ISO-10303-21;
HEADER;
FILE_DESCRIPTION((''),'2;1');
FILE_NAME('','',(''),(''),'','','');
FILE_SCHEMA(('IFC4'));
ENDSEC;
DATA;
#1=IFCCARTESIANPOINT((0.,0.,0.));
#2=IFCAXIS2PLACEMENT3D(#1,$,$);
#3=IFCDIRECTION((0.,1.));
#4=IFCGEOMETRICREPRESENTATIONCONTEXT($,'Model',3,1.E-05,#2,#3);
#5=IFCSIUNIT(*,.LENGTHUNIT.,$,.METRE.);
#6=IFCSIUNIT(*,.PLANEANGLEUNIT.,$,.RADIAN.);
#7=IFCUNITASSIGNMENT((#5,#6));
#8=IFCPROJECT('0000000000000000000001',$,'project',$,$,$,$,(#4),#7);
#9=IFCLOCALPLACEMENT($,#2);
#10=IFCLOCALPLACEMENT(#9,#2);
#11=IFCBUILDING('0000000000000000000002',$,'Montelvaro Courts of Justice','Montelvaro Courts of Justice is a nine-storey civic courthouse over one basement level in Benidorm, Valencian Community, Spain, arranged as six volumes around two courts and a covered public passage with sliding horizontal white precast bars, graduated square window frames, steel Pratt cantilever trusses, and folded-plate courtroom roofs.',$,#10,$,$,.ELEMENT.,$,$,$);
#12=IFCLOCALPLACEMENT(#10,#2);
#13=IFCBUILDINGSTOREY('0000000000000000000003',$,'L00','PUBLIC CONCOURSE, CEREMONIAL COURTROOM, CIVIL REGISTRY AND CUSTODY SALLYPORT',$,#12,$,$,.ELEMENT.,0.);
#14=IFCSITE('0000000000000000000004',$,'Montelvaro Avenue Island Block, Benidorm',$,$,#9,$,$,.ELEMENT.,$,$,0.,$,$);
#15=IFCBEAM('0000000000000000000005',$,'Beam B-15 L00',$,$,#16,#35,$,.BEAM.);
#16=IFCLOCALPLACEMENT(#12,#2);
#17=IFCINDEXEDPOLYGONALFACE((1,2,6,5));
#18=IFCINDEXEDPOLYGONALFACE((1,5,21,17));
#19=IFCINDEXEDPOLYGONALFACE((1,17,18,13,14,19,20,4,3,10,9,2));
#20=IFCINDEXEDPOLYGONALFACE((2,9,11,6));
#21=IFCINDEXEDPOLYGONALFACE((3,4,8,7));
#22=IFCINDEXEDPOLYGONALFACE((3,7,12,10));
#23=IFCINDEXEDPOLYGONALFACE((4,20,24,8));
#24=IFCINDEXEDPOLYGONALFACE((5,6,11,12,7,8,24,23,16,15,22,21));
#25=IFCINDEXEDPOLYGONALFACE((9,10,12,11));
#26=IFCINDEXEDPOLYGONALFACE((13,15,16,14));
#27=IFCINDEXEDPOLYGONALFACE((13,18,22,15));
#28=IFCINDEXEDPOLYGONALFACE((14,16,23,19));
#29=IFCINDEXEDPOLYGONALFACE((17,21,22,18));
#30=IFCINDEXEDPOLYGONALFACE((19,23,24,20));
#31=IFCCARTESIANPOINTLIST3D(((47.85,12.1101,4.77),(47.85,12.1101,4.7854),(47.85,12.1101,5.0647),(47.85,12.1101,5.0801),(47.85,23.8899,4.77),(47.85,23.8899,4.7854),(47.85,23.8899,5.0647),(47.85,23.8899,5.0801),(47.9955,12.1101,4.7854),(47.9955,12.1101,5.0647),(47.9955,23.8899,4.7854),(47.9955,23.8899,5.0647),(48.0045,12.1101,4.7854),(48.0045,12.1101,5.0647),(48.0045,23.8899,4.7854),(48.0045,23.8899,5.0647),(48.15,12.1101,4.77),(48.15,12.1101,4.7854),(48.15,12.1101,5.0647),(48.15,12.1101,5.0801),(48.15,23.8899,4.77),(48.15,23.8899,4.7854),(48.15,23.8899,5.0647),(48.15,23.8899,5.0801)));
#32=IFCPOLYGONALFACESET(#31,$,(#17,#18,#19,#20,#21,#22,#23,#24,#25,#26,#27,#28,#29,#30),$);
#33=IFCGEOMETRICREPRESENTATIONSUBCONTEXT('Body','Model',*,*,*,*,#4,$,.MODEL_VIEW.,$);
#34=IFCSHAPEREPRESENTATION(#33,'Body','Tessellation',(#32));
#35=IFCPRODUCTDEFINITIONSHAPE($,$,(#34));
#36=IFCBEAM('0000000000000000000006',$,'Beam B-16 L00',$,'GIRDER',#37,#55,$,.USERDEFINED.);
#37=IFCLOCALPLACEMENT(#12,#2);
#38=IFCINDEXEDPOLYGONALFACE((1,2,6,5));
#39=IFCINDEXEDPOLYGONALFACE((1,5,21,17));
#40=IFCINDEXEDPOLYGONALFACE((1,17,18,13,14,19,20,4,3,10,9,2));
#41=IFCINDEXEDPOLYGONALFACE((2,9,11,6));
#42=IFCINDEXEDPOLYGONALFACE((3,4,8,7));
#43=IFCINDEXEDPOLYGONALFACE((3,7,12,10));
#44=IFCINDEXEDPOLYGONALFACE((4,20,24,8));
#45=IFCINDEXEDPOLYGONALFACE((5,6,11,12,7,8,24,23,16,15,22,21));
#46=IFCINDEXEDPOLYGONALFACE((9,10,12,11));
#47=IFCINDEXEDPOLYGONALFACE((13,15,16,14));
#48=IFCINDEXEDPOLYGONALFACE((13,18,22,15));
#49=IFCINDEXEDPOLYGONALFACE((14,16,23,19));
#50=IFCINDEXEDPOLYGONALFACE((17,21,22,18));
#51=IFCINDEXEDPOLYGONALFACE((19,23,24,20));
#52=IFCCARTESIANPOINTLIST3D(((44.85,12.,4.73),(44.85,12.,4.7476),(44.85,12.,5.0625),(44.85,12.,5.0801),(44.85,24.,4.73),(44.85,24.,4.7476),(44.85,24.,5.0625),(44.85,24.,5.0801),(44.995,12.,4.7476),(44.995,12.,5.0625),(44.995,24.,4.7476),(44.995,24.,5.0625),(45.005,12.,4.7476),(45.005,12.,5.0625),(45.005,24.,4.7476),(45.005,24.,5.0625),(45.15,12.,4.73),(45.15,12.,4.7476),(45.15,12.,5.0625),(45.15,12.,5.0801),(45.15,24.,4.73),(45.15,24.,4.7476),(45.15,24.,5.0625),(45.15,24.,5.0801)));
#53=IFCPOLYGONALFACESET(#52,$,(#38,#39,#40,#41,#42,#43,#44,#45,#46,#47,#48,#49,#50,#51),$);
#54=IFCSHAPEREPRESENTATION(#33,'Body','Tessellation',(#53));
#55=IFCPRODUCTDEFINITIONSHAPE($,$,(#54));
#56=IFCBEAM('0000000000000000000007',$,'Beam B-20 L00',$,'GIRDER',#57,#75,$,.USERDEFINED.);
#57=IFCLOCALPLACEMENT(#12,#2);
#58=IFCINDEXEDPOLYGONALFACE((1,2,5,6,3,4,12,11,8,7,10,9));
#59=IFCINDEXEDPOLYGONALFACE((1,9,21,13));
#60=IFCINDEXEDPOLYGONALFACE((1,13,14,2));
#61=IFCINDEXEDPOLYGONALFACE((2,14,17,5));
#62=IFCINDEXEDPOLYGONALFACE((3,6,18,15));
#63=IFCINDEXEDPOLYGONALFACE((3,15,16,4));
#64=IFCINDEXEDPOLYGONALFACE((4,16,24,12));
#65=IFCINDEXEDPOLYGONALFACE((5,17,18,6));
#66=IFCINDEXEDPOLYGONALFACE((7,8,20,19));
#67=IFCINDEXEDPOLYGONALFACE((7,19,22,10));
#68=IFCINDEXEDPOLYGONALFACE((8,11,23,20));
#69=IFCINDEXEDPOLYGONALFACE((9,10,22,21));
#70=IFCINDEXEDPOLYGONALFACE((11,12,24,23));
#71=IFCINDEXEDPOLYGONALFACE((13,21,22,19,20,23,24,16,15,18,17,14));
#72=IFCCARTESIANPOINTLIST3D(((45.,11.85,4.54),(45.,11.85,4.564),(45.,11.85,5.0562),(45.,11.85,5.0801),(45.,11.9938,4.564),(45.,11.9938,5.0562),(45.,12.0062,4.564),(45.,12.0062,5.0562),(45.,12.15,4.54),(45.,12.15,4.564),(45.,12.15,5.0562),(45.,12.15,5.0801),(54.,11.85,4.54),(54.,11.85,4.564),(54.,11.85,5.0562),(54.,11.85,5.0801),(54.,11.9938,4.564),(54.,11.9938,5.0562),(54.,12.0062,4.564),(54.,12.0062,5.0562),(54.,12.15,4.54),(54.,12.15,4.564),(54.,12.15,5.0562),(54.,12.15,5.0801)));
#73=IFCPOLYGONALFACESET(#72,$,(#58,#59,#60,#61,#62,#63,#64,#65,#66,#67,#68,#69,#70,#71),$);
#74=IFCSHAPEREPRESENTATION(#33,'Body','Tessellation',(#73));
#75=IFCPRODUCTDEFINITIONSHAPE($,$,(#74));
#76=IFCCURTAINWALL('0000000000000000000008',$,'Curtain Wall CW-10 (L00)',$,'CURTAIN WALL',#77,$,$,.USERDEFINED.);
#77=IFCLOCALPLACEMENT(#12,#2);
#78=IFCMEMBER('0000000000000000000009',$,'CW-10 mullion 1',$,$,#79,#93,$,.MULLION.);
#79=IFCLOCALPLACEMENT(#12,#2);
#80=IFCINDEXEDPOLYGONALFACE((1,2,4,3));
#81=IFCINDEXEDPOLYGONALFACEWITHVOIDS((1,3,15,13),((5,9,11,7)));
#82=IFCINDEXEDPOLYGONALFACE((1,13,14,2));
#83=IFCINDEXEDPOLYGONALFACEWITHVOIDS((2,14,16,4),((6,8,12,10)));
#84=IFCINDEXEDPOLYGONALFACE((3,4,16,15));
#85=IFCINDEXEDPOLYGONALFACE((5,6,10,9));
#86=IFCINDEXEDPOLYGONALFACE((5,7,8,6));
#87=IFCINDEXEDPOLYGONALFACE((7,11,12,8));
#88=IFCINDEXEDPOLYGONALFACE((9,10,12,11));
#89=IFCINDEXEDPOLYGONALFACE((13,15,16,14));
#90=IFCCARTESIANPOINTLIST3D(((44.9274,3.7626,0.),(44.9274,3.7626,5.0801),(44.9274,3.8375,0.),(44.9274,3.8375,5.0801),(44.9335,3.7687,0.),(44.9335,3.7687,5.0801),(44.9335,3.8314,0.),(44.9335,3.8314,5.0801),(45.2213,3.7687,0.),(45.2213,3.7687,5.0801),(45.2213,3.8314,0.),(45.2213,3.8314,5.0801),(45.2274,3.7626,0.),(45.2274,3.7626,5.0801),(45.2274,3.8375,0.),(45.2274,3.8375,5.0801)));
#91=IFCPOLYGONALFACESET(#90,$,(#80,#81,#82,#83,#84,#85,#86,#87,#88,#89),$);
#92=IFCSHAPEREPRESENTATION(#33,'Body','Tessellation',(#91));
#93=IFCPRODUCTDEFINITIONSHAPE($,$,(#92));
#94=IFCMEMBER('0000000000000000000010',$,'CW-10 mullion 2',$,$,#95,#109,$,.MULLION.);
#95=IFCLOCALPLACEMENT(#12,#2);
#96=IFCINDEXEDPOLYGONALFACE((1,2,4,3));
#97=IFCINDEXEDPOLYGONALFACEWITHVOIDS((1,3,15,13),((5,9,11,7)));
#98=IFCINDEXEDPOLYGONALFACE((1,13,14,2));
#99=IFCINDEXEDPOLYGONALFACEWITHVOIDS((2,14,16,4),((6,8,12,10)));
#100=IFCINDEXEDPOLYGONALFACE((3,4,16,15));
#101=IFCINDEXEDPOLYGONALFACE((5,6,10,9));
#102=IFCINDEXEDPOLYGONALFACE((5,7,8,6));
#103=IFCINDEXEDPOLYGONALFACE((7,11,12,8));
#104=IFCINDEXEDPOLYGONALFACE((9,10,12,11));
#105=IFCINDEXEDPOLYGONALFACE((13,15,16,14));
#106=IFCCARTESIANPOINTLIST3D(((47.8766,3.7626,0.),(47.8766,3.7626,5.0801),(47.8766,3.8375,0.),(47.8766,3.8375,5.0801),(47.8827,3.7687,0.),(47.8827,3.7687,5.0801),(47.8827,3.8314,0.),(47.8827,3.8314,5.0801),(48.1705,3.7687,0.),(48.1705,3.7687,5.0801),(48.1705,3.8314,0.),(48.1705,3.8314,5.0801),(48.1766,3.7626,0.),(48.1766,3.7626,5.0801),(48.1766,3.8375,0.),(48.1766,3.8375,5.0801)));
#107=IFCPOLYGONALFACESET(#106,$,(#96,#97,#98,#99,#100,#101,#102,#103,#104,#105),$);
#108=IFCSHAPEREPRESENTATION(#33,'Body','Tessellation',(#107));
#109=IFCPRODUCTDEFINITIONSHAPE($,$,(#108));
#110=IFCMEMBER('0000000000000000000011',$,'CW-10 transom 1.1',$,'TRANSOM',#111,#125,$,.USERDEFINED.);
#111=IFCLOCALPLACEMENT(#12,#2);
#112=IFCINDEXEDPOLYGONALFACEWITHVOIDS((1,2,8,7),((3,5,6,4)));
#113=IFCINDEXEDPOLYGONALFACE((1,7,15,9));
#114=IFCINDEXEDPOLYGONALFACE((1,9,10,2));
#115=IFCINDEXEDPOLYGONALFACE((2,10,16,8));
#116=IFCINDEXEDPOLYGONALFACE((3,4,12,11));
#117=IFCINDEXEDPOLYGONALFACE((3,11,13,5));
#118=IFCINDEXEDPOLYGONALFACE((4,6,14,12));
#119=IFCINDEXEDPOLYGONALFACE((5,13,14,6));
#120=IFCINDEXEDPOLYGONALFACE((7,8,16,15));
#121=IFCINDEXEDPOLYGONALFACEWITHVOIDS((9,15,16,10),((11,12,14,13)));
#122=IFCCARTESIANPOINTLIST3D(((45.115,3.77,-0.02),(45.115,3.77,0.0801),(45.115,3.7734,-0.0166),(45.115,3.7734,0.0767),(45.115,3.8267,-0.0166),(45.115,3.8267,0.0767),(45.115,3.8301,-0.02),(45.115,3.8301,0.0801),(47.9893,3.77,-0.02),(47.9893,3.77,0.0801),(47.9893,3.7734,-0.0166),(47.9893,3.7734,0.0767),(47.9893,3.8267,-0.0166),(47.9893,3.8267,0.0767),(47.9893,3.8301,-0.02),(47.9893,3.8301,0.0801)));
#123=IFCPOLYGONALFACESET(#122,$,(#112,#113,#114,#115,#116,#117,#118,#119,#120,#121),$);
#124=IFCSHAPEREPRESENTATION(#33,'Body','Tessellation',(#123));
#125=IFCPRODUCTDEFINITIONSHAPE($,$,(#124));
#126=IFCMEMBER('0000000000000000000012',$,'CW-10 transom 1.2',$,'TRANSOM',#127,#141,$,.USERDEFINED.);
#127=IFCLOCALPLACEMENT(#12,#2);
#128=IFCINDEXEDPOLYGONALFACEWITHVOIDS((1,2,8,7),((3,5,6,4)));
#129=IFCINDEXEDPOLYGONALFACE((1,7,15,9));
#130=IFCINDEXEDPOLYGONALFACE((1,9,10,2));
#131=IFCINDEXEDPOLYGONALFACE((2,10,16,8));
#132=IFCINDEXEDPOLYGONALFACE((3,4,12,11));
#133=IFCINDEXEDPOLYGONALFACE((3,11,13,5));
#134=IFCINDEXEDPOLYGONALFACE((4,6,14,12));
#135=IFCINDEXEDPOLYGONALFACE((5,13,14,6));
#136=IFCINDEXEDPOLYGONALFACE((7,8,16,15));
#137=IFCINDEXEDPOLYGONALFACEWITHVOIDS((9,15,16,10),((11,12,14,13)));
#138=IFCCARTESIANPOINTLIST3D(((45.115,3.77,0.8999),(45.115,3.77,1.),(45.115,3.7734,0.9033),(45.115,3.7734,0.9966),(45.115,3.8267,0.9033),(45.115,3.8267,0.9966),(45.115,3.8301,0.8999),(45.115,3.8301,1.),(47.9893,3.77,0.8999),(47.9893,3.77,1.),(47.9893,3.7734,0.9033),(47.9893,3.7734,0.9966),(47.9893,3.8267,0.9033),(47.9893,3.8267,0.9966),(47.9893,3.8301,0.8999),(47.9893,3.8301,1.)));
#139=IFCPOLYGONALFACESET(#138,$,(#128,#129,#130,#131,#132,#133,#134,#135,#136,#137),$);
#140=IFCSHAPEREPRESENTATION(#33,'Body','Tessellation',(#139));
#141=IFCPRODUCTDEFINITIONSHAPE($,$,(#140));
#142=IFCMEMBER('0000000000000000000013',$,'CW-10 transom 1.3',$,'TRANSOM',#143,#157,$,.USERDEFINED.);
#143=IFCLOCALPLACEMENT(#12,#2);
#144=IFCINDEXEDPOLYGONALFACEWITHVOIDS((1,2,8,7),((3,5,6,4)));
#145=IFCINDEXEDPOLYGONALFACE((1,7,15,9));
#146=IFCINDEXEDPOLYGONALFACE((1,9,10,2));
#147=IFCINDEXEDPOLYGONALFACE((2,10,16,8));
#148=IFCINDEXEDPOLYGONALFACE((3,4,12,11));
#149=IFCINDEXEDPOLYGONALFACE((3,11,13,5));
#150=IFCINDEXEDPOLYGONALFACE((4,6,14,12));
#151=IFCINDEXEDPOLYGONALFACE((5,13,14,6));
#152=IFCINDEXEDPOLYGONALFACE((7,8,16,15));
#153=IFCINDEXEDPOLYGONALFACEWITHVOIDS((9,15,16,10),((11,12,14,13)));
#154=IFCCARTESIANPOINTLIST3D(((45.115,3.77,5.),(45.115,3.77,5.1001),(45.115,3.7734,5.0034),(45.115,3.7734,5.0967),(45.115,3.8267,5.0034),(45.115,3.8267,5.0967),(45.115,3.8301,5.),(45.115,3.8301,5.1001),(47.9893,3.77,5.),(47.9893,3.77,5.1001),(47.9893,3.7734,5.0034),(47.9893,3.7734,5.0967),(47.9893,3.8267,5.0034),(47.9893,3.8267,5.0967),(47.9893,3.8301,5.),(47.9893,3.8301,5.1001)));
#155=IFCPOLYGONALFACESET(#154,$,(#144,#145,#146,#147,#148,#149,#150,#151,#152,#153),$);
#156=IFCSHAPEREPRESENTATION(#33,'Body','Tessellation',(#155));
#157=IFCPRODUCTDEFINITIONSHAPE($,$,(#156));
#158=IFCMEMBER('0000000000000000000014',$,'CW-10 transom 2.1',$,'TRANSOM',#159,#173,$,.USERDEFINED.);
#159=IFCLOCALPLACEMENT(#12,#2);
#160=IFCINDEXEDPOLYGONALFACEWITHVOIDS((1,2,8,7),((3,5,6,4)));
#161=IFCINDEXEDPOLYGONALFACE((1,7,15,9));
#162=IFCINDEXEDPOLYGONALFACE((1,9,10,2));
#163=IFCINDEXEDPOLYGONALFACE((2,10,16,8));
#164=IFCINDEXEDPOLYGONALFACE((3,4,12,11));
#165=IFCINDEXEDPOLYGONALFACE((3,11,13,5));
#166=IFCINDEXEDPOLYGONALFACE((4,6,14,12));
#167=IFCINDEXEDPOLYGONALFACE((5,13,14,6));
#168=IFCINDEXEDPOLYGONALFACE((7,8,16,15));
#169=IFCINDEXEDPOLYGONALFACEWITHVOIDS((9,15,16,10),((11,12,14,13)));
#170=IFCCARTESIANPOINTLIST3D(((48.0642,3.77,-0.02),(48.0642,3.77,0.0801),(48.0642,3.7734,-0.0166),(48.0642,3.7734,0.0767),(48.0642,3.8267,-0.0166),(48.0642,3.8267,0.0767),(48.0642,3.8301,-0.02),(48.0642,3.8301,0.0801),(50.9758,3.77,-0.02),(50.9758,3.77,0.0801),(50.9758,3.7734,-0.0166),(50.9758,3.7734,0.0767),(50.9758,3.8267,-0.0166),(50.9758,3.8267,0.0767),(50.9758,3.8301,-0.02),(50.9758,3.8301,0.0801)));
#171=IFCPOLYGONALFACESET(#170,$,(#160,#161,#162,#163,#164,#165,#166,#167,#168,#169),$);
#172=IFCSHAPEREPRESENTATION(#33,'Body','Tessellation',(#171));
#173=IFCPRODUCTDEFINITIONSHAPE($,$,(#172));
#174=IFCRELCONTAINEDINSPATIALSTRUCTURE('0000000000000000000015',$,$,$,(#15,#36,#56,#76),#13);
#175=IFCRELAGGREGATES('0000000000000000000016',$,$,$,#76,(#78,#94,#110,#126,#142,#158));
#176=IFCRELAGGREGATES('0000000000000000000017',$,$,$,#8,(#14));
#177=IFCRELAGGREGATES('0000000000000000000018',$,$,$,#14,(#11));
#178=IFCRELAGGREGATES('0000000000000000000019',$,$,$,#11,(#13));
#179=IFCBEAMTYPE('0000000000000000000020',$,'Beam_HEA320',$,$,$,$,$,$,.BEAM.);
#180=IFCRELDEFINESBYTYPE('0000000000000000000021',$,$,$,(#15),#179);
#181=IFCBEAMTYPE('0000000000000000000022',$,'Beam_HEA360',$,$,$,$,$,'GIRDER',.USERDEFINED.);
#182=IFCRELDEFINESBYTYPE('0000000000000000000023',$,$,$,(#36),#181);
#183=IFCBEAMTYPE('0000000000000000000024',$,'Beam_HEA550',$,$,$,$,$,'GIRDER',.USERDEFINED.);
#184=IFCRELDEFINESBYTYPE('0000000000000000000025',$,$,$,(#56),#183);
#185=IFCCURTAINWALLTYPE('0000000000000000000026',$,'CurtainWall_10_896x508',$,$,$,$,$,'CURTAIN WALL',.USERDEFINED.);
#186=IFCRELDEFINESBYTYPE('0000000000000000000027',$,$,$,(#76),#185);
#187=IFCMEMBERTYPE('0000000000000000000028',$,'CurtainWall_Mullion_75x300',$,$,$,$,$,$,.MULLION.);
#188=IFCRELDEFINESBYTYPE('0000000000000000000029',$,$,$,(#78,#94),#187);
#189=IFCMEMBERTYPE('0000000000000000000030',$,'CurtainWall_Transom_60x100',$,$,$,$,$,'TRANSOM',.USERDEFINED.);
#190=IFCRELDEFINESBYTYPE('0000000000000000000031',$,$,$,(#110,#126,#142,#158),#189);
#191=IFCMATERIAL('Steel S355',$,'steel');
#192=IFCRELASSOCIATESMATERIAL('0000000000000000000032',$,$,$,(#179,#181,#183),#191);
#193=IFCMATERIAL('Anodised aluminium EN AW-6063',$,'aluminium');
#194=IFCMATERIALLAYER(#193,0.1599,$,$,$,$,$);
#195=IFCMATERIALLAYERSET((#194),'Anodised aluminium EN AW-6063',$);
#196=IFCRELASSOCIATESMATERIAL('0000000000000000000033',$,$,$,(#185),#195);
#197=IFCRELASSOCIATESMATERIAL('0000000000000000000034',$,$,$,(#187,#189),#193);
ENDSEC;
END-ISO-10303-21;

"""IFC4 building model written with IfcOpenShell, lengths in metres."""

from ifc_helpers import new_model, si_unit, direction, frame, origin, origin_2d, place, context, subcontext, project, spatial, hollow_rectangle, i_section, extrude, material, layer, layer_set, material_profile, profile_set, type_object, element, aggregate, save


model = new_model("IFC4")

# Units and contexts
model_context = context("Model", 3, precision=1e-05, world=origin(), true_north=direction((0.0, 1.0)))
body_context = subcontext(model_context, "Body", "Model", "MODEL_VIEW")
ifc_project = project(units=[si_unit("LENGTHUNIT", "METRE"), si_unit("PLANEANGLEUNIT", "RADIAN")], contexts=[model_context])

# Site, building, storey
site_placement = place(None, origin())
site = spatial("IfcSite", under=ifc_project, at=site_placement, Name="Montelvaro Avenue Island Block, Benidorm", CompositionType="ELEMENT", RefElevation=0.0)
building_placement = place(site_placement, origin())
building = spatial("IfcBuilding", under=site, at=building_placement, Name="Montelvaro Courts of Justice", Description="Montelvaro Courts of Justice is a nine-storey civic courthouse over one basement level in Benidorm, Valencian Community, Spain, arranged as six volumes around two courts and a covered public passage with sliding horizontal white precast bars, graduated square window frames, steel Pratt cantilever trusses, and folded-plate courtroom roofs.", CompositionType="ELEMENT")
storey_placement = place(building_placement, origin())
storey = spatial("IfcBuildingStorey", under=building, at=storey_placement, Name="L00", Description="PUBLIC CONCOURSE, CEREMONIAL COURTROOM, CIVIL REGISTRY AND CUSTODY SALLYPORT", CompositionType="ELEMENT", Elevation=0.0)

# Beams
ifc_material_1 = material(Name="Steel S355", Category="steel")
ifc_material_profile_1 = material_profile(ifc_material_1, i_section(OverallWidth=0.3, OverallDepth=0.3101, WebThickness=0.009, FlangeThickness=0.0154, at=origin_2d()), Name="HEA 320")
ifc_profile_set_1 = profile_set([ifc_material_profile_1], Name="Steel S355")
beam_type_1 = type_object("IfcBeamType", Name="Beam_HEA320", PredefinedType="BEAM", material=ifc_profile_set_1)
beam_1_placement = place(storey_placement, frame((48.0, 12.1101, 4.925), z_axis=(0.0, 1.0, 0.0), x_axis=(-1.0, 0.0, 0.0)))
element("IfcBeam", 1, at=beam_1_placement, inside=storey, type_object=beam_type_1, Name="Beam B-15 L00", PredefinedType="BEAM", context=body_context, shape_type="SweptSolid", body=[
    extrude(i_section(OverallWidth=0.3, OverallDepth=0.3101, WebThickness=0.009, FlangeThickness=0.0154, at=origin_2d()), origin(), (0.0, 0.0, 1.0), 11.7798),
])
ifc_material_profile_2 = material_profile(ifc_material_1, i_section(OverallWidth=0.3, OverallDepth=0.3501, WebThickness=0.01, FlangeThickness=0.0176, at=origin_2d()), Name="HEA 360")
ifc_profile_set_2 = profile_set([ifc_material_profile_2], Name="Steel S355")
beam_type_2 = type_object("IfcBeamType", Name="Beam_HEA360", ElementType="GIRDER", PredefinedType="USERDEFINED", material=ifc_profile_set_2)
beam_2_placement = place(storey_placement, frame((45.0, 12.0, 4.905), z_axis=(0.0, 1.0, 0.0), x_axis=(-1.0, 0.0, 0.0)))
element("IfcBeam", 2, at=beam_2_placement, inside=storey, type_object=beam_type_2, Name="Beam B-16 L00", ObjectType="GIRDER", PredefinedType="USERDEFINED", context=body_context, shape_type="SweptSolid", body=[
    extrude(i_section(OverallWidth=0.3, OverallDepth=0.3501, WebThickness=0.01, FlangeThickness=0.0176, at=origin_2d()), origin(), (0.0, 0.0, 1.0), 12.0),
])
ifc_material_profile_3 = material_profile(ifc_material_1, i_section(OverallWidth=0.3, OverallDepth=0.54, WebThickness=0.0125, FlangeThickness=0.0239, at=origin_2d()), Name="HEA 550")
ifc_profile_set_3 = profile_set([ifc_material_profile_3], Name="Steel S355")
beam_type_3 = type_object("IfcBeamType", Name="Beam_HEA550", ElementType="GIRDER", PredefinedType="USERDEFINED", material=ifc_profile_set_3)
beam_3_placement = place(storey_placement, frame((45.0, 12.0, 4.8101), z_axis=(1.0, 0.0, 0.0), x_axis=(0.0, 1.0, 0.0)))
element("IfcBeam", 3, at=beam_3_placement, inside=storey, type_object=beam_type_3, Name="Beam B-20 L00", ObjectType="GIRDER", PredefinedType="USERDEFINED", context=body_context, shape_type="SweptSolid", body=[
    extrude(i_section(OverallWidth=0.3, OverallDepth=0.54, WebThickness=0.0125, FlangeThickness=0.0239, at=origin_2d()), origin(), (0.0, 0.0, 1.0), 9.0),
])

# Curtain wall, members
ifc_material_2 = material(Name="Anodised aluminium EN AW-6063", Category="aluminium")
ifc_layer_1 = layer(ifc_material_2, 0.1599)
ifc_layer_set_1 = layer_set([ifc_layer_1], Name="Anodised aluminium EN AW-6063")
curtain_wall_type = type_object("IfcCurtainWallType", Name="CurtainWall_10_896x508", ElementType="CURTAIN WALL", PredefinedType="USERDEFINED", material=ifc_layer_set_1)
curtain_wall_placement = place(storey_placement, origin())
curtain_wall = element("IfcCurtainWall", 4, at=curtain_wall_placement, inside=storey, type_object=curtain_wall_type, Name="Curtain Wall CW-10 (L00)", ObjectType="CURTAIN WALL", PredefinedType="USERDEFINED")
ifc_material_profile_4 = material_profile(ifc_material_2, hollow_rectangle(XDim=0.075, YDim=0.3, WallThickness=0.0061, at=origin_2d()), Name="ALU-M 75x300")
ifc_profile_set_4 = profile_set([ifc_material_profile_4], Name="Anodised aluminium EN AW-6063")
member_type_1 = type_object("IfcMemberType", Name="CurtainWall_Mullion_75x300", PredefinedType="MULLION", material=ifc_profile_set_4)
member_1_placement = place(storey_placement, frame((45.0774, 3.8, 0.0), z_axis=(0.0, 0.0, 1.0), x_axis=(0.0, 1.0, 0.0)))
member_1 = element("IfcMember", 5, at=member_1_placement, type_object=member_type_1, Name="CW-10 mullion 1", PredefinedType="MULLION", context=body_context, shape_type="SweptSolid", body=[
    extrude(hollow_rectangle(XDim=0.075, YDim=0.3, WallThickness=0.0061, at=origin_2d()), origin(), (0.0, 0.0, 1.0), 5.0801),
])
member_2_placement = place(storey_placement, frame((48.0266, 3.8, 0.0), z_axis=(0.0, 0.0, 1.0), x_axis=(0.0, 1.0, 0.0)))
member_2 = element("IfcMember", 6, at=member_2_placement, type_object=member_type_1, Name="CW-10 mullion 2", PredefinedType="MULLION", context=body_context, shape_type="SweptSolid", body=[
    extrude(hollow_rectangle(XDim=0.075, YDim=0.3, WallThickness=0.0061, at=origin_2d()), origin(), (0.0, 0.0, 1.0), 5.0801),
])
ifc_material_profile_5 = material_profile(ifc_material_2, hollow_rectangle(XDim=0.0601, YDim=0.1001, WallThickness=0.0034, at=origin_2d()), Name="ALU-T 60x100")
ifc_profile_set_5 = profile_set([ifc_material_profile_5], Name="Anodised aluminium EN AW-6063")
member_type_2 = type_object("IfcMemberType", Name="CurtainWall_Transom_60x100", ElementType="TRANSOM", PredefinedType="USERDEFINED", material=ifc_profile_set_5)
member_3_placement = place(storey_placement, frame((45.115, 3.8, 0.03), z_axis=(1.0, 0.0, 0.0), x_axis=(0.0, 1.0, 0.0)))
member_3 = element("IfcMember", 7, at=member_3_placement, type_object=member_type_2, Name="CW-10 transom 1.1", ObjectType="TRANSOM", PredefinedType="USERDEFINED", context=body_context, shape_type="SweptSolid", body=[
    extrude(hollow_rectangle(XDim=0.0601, YDim=0.1001, WallThickness=0.0034, at=origin_2d()), origin(), (0.0, 0.0, 1.0), 2.8743),
])
member_4_placement = place(storey_placement, frame((45.115, 3.8, 0.95), z_axis=(1.0, 0.0, 0.0), x_axis=(0.0, 1.0, 0.0)))
member_4 = element("IfcMember", 8, at=member_4_placement, type_object=member_type_2, Name="CW-10 transom 1.2", ObjectType="TRANSOM", PredefinedType="USERDEFINED", context=body_context, shape_type="SweptSolid", body=[
    extrude(hollow_rectangle(XDim=0.0601, YDim=0.1001, WallThickness=0.0034, at=origin_2d()), origin(), (0.0, 0.0, 1.0), 2.8743),
])
member_5_placement = place(storey_placement, frame((45.115, 3.8, 5.05), z_axis=(1.0, 0.0, 0.0), x_axis=(0.0, 1.0, 0.0)))
member_5 = element("IfcMember", 9, at=member_5_placement, type_object=member_type_2, Name="CW-10 transom 1.3", ObjectType="TRANSOM", PredefinedType="USERDEFINED", context=body_context, shape_type="SweptSolid", body=[
    extrude(hollow_rectangle(XDim=0.0601, YDim=0.1001, WallThickness=0.0034, at=origin_2d()), origin(), (0.0, 0.0, 1.0), 2.8743),
])
member_6_placement = place(storey_placement, frame((48.0642, 3.8, 0.03), z_axis=(1.0, 0.0, 0.0), x_axis=(0.0, 1.0, 0.0)))
member_6 = element("IfcMember", 10, at=member_6_placement, type_object=member_type_2, Name="CW-10 transom 2.1", ObjectType="TRANSOM", PredefinedType="USERDEFINED", context=body_context, shape_type="SweptSolid", body=[
    extrude(hollow_rectangle(XDim=0.0601, YDim=0.1001, WallThickness=0.0034, at=origin_2d()), origin(), (0.0, 0.0, 1.0), 2.9116),
])
aggregate(curtain_wall, [member_1, member_2, member_3, member_4, member_5, member_6])

save(model, "model.ifc")
